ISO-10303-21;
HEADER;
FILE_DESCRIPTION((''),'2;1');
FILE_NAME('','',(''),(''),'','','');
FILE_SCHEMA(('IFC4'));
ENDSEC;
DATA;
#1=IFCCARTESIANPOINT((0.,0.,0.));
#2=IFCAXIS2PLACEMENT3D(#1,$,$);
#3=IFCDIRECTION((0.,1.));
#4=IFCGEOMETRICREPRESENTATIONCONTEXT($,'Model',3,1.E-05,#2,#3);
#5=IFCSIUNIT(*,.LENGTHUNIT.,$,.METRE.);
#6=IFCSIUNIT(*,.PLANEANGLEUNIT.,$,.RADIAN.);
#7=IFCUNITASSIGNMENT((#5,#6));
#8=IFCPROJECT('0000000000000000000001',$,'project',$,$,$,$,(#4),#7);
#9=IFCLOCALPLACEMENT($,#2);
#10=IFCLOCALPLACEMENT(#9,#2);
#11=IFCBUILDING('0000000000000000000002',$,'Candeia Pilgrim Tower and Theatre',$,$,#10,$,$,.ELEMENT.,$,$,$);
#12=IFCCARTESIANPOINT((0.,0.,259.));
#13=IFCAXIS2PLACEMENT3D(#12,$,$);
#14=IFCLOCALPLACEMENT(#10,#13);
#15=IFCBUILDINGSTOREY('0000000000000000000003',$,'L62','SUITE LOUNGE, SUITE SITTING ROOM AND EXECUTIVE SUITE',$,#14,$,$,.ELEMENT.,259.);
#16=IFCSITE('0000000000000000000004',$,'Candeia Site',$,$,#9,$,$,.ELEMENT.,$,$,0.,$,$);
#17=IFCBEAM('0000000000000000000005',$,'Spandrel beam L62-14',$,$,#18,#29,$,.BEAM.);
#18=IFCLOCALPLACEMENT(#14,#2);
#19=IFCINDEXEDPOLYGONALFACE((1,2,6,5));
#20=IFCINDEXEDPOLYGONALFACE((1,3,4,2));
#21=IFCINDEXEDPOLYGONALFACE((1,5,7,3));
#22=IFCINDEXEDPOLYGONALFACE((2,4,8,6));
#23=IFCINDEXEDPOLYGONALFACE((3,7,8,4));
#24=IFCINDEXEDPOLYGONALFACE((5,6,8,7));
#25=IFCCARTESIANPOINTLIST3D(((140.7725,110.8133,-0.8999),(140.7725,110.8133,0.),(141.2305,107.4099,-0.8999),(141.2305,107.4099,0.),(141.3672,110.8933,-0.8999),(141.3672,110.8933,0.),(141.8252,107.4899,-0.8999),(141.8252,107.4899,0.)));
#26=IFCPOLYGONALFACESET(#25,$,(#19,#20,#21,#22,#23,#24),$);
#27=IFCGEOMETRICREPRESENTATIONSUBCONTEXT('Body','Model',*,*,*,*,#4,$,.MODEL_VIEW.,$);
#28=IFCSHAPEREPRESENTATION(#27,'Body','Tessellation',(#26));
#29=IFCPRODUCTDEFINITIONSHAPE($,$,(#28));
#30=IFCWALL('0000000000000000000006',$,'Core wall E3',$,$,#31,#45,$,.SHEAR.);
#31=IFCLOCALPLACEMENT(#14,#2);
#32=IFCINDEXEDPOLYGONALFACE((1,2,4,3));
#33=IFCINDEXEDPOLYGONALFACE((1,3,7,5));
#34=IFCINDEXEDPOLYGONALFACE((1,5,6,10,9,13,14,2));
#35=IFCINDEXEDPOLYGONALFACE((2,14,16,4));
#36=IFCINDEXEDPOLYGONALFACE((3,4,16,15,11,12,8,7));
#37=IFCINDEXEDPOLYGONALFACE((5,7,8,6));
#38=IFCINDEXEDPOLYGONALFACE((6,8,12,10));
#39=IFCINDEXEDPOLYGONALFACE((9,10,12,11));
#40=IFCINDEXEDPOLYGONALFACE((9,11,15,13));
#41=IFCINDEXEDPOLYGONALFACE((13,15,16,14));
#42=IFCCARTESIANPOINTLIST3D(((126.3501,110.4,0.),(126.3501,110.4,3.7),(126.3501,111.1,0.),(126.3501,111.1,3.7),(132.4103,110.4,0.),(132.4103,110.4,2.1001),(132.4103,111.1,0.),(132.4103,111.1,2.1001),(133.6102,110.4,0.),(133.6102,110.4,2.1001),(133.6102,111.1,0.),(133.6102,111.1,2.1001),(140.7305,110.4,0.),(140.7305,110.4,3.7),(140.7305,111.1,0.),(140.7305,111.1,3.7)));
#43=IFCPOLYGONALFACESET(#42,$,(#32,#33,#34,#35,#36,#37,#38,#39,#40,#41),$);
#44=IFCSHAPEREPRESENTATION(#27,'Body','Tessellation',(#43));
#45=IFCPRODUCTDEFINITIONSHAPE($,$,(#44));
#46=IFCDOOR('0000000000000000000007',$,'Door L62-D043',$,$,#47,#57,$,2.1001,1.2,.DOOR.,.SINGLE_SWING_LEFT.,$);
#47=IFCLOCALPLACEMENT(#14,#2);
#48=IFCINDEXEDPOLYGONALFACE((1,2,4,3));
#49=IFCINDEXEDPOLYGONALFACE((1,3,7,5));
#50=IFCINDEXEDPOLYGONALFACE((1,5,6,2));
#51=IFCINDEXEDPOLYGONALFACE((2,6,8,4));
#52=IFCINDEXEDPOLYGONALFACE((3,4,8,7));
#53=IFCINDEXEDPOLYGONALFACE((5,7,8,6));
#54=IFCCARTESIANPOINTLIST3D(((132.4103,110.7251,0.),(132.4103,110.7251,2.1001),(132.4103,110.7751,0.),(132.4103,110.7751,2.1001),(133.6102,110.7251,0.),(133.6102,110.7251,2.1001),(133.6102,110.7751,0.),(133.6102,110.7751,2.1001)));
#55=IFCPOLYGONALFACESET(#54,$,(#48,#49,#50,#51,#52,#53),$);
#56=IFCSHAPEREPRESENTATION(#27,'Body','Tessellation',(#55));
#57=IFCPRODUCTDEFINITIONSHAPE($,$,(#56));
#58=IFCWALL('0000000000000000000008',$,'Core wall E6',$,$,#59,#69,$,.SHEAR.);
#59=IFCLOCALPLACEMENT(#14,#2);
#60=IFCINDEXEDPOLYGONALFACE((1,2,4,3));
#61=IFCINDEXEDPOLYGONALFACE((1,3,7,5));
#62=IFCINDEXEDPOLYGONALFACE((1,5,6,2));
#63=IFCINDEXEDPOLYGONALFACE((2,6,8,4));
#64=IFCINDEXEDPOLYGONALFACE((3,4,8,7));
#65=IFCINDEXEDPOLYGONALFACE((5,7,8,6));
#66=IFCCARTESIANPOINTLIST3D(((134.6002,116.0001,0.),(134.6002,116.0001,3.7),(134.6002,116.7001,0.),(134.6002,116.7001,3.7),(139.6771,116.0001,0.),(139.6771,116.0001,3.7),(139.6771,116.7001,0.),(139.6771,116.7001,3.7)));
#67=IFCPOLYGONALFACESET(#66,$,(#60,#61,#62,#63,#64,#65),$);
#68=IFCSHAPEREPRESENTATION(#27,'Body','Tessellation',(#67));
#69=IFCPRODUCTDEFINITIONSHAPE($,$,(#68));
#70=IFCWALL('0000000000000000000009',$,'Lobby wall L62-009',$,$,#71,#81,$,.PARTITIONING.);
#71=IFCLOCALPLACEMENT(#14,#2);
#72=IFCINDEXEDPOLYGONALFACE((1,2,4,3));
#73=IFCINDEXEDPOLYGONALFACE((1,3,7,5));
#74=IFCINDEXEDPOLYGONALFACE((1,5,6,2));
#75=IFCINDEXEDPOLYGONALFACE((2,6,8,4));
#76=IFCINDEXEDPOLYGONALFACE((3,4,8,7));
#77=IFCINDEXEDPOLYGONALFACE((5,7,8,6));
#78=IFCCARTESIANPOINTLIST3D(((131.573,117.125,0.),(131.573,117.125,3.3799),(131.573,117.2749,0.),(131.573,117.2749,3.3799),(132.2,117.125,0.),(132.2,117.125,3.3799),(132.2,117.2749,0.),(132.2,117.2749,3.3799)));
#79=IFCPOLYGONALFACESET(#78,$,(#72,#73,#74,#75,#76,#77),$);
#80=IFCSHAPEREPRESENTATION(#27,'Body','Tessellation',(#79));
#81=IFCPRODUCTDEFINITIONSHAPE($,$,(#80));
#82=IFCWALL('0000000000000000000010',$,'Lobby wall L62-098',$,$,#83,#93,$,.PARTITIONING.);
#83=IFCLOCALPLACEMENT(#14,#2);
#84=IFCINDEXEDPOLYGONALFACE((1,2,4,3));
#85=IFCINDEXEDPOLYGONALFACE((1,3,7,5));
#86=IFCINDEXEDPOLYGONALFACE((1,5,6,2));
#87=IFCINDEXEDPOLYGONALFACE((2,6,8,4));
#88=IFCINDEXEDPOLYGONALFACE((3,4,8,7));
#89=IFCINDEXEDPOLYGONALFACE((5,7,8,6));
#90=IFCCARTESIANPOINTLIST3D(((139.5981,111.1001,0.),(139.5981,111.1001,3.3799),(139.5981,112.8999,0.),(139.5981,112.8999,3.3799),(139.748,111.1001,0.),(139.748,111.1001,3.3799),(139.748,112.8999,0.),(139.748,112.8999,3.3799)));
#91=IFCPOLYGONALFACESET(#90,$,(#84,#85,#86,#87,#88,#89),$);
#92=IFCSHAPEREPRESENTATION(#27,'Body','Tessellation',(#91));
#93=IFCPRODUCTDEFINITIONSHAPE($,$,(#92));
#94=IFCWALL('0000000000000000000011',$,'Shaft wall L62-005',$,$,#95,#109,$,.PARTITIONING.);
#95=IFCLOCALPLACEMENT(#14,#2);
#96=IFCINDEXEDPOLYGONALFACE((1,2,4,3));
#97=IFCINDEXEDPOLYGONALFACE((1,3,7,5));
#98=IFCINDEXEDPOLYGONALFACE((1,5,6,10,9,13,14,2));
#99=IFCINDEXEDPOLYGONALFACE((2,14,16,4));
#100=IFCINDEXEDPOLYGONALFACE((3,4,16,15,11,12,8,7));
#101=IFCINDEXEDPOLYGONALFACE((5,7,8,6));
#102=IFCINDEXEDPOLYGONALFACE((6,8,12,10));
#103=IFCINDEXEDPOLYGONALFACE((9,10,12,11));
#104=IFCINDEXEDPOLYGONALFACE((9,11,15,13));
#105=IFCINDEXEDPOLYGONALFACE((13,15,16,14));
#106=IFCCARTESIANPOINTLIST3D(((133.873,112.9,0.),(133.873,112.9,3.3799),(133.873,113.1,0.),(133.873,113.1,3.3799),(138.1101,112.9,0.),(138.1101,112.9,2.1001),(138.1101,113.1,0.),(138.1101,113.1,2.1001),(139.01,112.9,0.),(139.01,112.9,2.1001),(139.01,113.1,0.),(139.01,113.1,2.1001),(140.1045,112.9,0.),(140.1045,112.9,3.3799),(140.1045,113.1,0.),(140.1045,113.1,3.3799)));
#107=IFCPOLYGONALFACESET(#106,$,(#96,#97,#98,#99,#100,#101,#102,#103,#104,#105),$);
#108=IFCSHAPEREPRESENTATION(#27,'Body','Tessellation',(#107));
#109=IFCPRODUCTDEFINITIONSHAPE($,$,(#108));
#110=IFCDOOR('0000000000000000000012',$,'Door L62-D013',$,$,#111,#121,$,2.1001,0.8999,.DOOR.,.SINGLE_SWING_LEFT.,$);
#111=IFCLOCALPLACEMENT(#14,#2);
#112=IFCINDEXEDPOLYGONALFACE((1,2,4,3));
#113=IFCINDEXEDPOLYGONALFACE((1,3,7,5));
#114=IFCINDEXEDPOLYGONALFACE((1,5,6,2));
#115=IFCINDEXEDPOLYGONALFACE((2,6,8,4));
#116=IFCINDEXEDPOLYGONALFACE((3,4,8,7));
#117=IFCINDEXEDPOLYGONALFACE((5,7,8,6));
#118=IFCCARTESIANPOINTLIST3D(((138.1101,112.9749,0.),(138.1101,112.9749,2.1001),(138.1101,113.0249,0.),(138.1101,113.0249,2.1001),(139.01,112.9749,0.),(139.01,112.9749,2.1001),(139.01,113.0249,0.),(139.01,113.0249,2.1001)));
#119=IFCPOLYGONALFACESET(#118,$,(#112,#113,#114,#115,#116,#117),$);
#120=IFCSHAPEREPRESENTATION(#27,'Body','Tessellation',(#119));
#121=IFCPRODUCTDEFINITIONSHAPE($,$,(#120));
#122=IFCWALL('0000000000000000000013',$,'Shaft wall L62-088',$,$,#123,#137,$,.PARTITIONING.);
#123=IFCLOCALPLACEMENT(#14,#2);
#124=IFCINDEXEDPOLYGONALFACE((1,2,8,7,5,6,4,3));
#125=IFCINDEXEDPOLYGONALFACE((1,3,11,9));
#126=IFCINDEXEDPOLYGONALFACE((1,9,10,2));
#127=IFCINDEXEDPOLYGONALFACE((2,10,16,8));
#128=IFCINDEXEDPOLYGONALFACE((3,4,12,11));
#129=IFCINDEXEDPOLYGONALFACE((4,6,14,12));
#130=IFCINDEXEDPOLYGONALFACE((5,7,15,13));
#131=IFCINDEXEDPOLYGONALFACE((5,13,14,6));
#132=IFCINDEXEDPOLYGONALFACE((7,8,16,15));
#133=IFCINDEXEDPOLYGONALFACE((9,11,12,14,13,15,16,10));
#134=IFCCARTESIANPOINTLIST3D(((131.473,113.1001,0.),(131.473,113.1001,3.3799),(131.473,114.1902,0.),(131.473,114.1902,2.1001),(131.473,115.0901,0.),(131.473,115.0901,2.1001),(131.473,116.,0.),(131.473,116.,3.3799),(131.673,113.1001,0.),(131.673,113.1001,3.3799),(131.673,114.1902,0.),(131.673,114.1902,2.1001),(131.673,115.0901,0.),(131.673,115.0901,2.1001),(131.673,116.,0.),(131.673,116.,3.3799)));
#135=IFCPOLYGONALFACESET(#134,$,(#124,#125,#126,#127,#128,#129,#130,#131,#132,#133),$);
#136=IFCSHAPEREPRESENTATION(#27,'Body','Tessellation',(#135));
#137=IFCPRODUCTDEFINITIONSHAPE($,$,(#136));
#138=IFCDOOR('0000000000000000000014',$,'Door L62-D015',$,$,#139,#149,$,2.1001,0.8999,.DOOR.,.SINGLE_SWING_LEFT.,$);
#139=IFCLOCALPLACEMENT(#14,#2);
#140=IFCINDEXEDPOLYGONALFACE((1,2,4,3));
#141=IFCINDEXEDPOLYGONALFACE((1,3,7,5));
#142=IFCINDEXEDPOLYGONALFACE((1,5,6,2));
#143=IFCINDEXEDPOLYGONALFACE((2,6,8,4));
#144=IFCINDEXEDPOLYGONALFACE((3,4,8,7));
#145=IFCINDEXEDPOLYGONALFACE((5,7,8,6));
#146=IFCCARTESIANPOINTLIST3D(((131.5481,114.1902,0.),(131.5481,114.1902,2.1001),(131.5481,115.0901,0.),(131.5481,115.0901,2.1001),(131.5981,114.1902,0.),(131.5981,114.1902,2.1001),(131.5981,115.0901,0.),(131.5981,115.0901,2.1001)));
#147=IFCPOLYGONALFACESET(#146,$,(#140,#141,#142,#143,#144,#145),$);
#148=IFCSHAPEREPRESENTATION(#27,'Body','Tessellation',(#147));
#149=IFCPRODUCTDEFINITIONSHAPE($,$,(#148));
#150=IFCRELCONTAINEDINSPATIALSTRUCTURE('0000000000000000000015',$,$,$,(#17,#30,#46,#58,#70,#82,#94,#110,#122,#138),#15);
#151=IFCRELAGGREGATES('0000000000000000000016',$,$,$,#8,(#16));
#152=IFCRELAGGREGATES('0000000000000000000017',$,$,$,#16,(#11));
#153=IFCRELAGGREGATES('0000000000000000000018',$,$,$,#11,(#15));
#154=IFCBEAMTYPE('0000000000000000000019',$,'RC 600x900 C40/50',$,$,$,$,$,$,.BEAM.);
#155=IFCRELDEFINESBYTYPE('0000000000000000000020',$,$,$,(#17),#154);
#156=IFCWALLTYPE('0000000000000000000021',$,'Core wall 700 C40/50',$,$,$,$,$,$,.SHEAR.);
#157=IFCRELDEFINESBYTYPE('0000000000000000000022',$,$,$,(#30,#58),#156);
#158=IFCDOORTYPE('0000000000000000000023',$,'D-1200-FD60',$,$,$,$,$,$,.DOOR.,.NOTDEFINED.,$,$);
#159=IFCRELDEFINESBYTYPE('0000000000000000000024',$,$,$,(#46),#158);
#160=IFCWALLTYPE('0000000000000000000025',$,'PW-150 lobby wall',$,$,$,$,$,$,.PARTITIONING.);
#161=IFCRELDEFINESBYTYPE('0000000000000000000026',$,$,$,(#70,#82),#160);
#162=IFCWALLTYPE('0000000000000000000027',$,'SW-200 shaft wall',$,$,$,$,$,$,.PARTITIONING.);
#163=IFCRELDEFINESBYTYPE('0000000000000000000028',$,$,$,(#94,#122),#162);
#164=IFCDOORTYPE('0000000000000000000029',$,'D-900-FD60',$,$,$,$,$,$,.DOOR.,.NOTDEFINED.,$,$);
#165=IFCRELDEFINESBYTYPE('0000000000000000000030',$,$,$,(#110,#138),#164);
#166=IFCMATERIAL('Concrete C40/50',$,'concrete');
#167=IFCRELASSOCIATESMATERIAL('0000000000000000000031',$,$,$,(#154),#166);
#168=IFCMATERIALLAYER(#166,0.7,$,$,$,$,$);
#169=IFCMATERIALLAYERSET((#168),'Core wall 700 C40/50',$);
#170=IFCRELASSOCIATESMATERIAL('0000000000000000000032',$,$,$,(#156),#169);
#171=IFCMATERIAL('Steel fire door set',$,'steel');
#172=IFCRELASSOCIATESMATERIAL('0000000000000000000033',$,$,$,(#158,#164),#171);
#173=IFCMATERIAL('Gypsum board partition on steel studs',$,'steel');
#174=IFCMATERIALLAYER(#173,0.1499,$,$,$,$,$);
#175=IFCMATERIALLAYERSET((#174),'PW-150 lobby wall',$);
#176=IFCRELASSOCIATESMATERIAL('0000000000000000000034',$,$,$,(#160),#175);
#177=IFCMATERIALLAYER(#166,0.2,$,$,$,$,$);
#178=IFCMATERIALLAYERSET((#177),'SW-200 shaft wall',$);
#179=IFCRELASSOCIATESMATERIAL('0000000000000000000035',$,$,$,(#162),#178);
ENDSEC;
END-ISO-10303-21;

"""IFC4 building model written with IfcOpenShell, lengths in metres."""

from ifc_helpers import new_model, si_unit, direction, frame, frame_2d, origin, origin_2d, place, context, subcontext, project, spatial, rectangle, extrude, material, layer, layer_set, material_profile, profile_set, type_object, element, fill, save


model = new_model("IFC4")

# Units and contexts
model_context = context("Model", 3, precision=1e-05, world=origin(), true_north=direction((0.0, 1.0)))
body_context = subcontext(model_context, "Body", "Model", "MODEL_VIEW")
ifc_project = project(units=[si_unit("LENGTHUNIT", "METRE"), si_unit("PLANEANGLEUNIT", "RADIAN")], contexts=[model_context])

# Site, building, storey
site_placement = place(None, origin())
site = spatial("IfcSite", under=ifc_project, at=site_placement, Name="Candeia Site", CompositionType="ELEMENT", RefElevation=0.0)
building_placement = place(site_placement, origin())
building = spatial("IfcBuilding", under=site, at=building_placement, Name="Candeia Pilgrim Tower and Theatre", CompositionType="ELEMENT")
storey_placement = place(building_placement, frame((0.0, 0.0, 259.0)))
storey = spatial("IfcBuildingStorey", under=building, at=storey_placement, Name="L62", Description="SUITE LOUNGE, SUITE SITTING ROOM AND EXECUTIVE SUITE", CompositionType="ELEMENT", Elevation=259.0)

# Beam
ifc_material_1 = material(Name="Concrete C40/50", Category="concrete")
ifc_material_profile = material_profile(ifc_material_1, rectangle(XDim=0.6001, YDim=0.8999, at=origin_2d()))
ifc_profile_set = profile_set([ifc_material_profile], Name="Concrete C40/50")
beam_type = type_object("IfcBeamType", Name="RC 600x900 C40/50", PredefinedType="BEAM", material=ifc_profile_set)
beam_placement = place(storey_placement, frame((141.0698, 110.8533, -0.45), z_axis=(0.133374, -0.991066, 0.0), x_axis=(0.991066, 0.133374, 0.0)))
element("IfcBeam", 1, at=beam_placement, inside=storey, type_object=beam_type, Name="Spandrel beam L62-14", PredefinedType="BEAM", context=body_context, shape_type="SweptSolid", body=[
    extrude(rectangle(XDim=0.6001, YDim=0.8999, at=origin_2d()), origin(), (0.0, 0.0, 1.0), 3.4341),
])

# Wall, opening, door
ifc_layer_1 = layer(ifc_material_1, 0.7)
ifc_layer_set_1 = layer_set([ifc_layer_1], Name="Core wall 700 C40/50")
wall_type_1 = type_object("IfcWallType", Name="Core wall 700 C40/50", PredefinedType="SHEAR", material=ifc_layer_set_1)
wall_1_placement = place(storey_placement, frame((140.7305, 110.75, 0.0), z_axis=(0.0, 0.0, 1.0), x_axis=(-1.0, 0.0, 0.0)))
wall_1 = element("IfcWall", 2, at=wall_1_placement, inside=storey, type_object=wall_type_1, Name="Core wall E3", PredefinedType="SHEAR", context=body_context, shape_type="SweptSolid", body=[
    extrude(rectangle(XDim=14.3804, YDim=0.7, at=frame_2d((7.1902, 0.0))), origin(), (0.0, 0.0, 1.0), 3.7),
])
opening_1_placement = place(wall_1_placement, frame((7.1201, 0.0, 0.0)))
opening_1 = element("IfcOpeningElement", 3, at=opening_1_placement, cuts=wall_1, PredefinedType="OPENING", context=body_context, shape_type="SweptSolid", body=[
    extrude(rectangle(XDim=1.2, YDim=2.1001, at=frame_2d((0.6001, 1.05))), frame((0.0, 0.3599, 0.0), z_axis=(0.0, -1.0, 0.0), x_axis=(1.0, 0.0, 0.0)), (0.0, 0.0, 1.0), 0.72),
])
ifc_material_2 = material(Name="Steel fire door set", Category="steel")
door_type_1 = type_object("IfcDoorType", Name="D-1200-FD60", OperationType="NOTDEFINED", PredefinedType="DOOR", material=ifc_material_2)
door_1_placement = place(opening_1_placement, origin())
door_1 = element("IfcDoor", 4, at=door_1_placement, inside=storey, type_object=door_type_1, Name="Door L62-D043", OperationType="SINGLE_SWING_LEFT", OverallHeight=2.1001, OverallWidth=1.2, PredefinedType="DOOR", context=body_context, shape_type="SweptSolid", body=[
    extrude(rectangle(XDim=1.2, YDim=2.1001, at=frame_2d((0.6001, 1.05))), frame((0.0, 0.0249, 0.0), z_axis=(0.0, -1.0, 0.0), x_axis=(1.0, 0.0, 0.0)), (0.0, 0.0, 1.0), 0.05),
])
fill(opening_1, door_1)

# Walls
wall_2_placement = place(storey_placement, frame((134.6001, 116.3501, 0.0), z_axis=(0.0, 0.0, 1.0), x_axis=(1.0, 0.0, 0.0)))
element("IfcWall", 5, at=wall_2_placement, inside=storey, type_object=wall_type_1, Name="Core wall E6", PredefinedType="SHEAR", context=body_context, shape_type="SweptSolid", body=[
    extrude(rectangle(XDim=5.0769, YDim=0.7, at=frame_2d((2.5386, 0.0))), origin(), (0.0, 0.0, 1.0), 3.7),
])
ifc_material_3 = material(Name="Gypsum board partition on steel studs", Category="steel")
ifc_layer_2 = layer(ifc_material_3, 0.1499)
ifc_layer_set_2 = layer_set([ifc_layer_2], Name="PW-150 lobby wall")
wall_type_2 = type_object("IfcWallType", Name="PW-150 lobby wall", PredefinedType="PARTITIONING", material=ifc_layer_set_2)
wall_3_placement = place(storey_placement, frame((131.573, 117.2, 0.0), z_axis=(0.0, 0.0, 1.0), x_axis=(1.0, 0.0, 0.0)))
element("IfcWall", 6, at=wall_3_placement, inside=storey, type_object=wall_type_2, Name="Lobby wall L62-009", PredefinedType="PARTITIONING", context=body_context, shape_type="SweptSolid", body=[
    extrude(rectangle(XDim=0.627, YDim=0.1499, at=frame_2d((0.3135, 0.0))), origin(), (0.0, 0.0, 1.0), 3.3799),
])
wall_4_placement = place(storey_placement, frame((139.6731, 111.1001, 0.0), z_axis=(0.0, 0.0, 1.0), x_axis=(0.0, 1.0, 0.0)))
element("IfcWall", 7, at=wall_4_placement, inside=storey, type_object=wall_type_2, Name="Lobby wall L62-098", PredefinedType="PARTITIONING", context=body_context, shape_type="SweptSolid", body=[
    extrude(rectangle(XDim=1.7998, YDim=0.1499, at=frame_2d((0.8999, 0.0))), origin(), (0.0, 0.0, 1.0), 3.3799),
])

# Walls, openings, doors
ifc_layer_3 = layer(ifc_material_1, 0.2)
ifc_layer_set_3 = layer_set([ifc_layer_3], Name="SW-200 shaft wall")
wall_type_3 = type_object("IfcWallType", Name="SW-200 shaft wall", PredefinedType="PARTITIONING", material=ifc_layer_set_3)
wall_5_placement = place(storey_placement, frame((133.873, 113.0, 0.0), z_axis=(0.0, 0.0, 1.0), x_axis=(1.0, 0.0, 0.0)))
wall_5 = element("IfcWall", 8, at=wall_5_placement, inside=storey, type_object=wall_type_3, Name="Shaft wall L62-005", PredefinedType="PARTITIONING", context=body_context, shape_type="SweptSolid", body=[
    extrude(rectangle(XDim=6.2314, YDim=0.2, at=frame_2d((3.1157, 0.0))), origin(), (0.0, 0.0, 1.0), 3.3799),
])
opening_2_placement = place(wall_5_placement, frame((4.2371, 0.0, 0.0)))
opening_2 = element("IfcOpeningElement", 9, at=opening_2_placement, cuts=wall_5, PredefinedType="OPENING", context=body_context, shape_type="SweptSolid", body=[
    extrude(rectangle(XDim=0.8999, YDim=2.1001, at=frame_2d((0.45, 1.05))), frame((0.0, 0.1099, 0.0), z_axis=(0.0, -1.0, 0.0), x_axis=(1.0, 0.0, 0.0)), (0.0, 0.0, 1.0), 0.22),
])
door_type_2 = type_object("IfcDoorType", Name="D-900-FD60", OperationType="NOTDEFINED", PredefinedType="DOOR", material=ifc_material_2)
door_2_placement = place(opening_2_placement, origin())
door_2 = element("IfcDoor", 10, at=door_2_placement, inside=storey, type_object=door_type_2, Name="Door L62-D013", OperationType="SINGLE_SWING_LEFT", OverallHeight=2.1001, OverallWidth=0.8999, PredefinedType="DOOR", context=body_context, shape_type="SweptSolid", body=[
    extrude(rectangle(XDim=0.8999, YDim=2.1001, at=frame_2d((0.45, 1.05))), frame((0.0, 0.0249, 0.0), z_axis=(0.0, -1.0, 0.0), x_axis=(1.0, 0.0, 0.0)), (0.0, 0.0, 1.0), 0.05),
])
fill(opening_2, door_2)
wall_6_placement = place(storey_placement, frame((131.573, 113.1001, 0.0), z_axis=(0.0, 0.0, 1.0), x_axis=(0.0, 1.0, 0.0)))
wall_6 = element("IfcWall", 11, at=wall_6_placement, inside=storey, type_object=wall_type_3, Name="Shaft wall L62-088", PredefinedType="PARTITIONING", context=body_context, shape_type="SweptSolid", body=[
    extrude(rectangle(XDim=2.8999, YDim=0.2, at=frame_2d((1.45, 0.0))), origin(), (0.0, 0.0, 1.0), 3.3799),
])
opening_3_placement = place(wall_6_placement, frame((1.0901, 0.0, 0.0)))
opening_3 = element("IfcOpeningElement", 12, at=opening_3_placement, cuts=wall_6, PredefinedType="OPENING", context=body_context, shape_type="SweptSolid", body=[
    extrude(rectangle(XDim=0.8999, YDim=2.1001, at=frame_2d((0.45, 1.05))), frame((0.0, 0.1099, 0.0), z_axis=(0.0, -1.0, 0.0), x_axis=(1.0, 0.0, 0.0)), (0.0, 0.0, 1.0), 0.22),
])
door_3_placement = place(opening_3_placement, origin())
door_3 = element("IfcDoor", 13, at=door_3_placement, inside=storey, type_object=door_type_2, Name="Door L62-D015", OperationType="SINGLE_SWING_LEFT", OverallHeight=2.1001, OverallWidth=0.8999, PredefinedType="DOOR", context=body_context, shape_type="SweptSolid", body=[
    extrude(rectangle(XDim=0.8999, YDim=2.1001, at=frame_2d((0.45, 1.05))), frame((0.0, 0.0249, 0.0), z_axis=(0.0, -1.0, 0.0), x_axis=(1.0, 0.0, 0.0)), (0.0, 0.0, 1.0), 0.05),
])
fill(opening_3, door_3)

save(model, "model.ifc")
